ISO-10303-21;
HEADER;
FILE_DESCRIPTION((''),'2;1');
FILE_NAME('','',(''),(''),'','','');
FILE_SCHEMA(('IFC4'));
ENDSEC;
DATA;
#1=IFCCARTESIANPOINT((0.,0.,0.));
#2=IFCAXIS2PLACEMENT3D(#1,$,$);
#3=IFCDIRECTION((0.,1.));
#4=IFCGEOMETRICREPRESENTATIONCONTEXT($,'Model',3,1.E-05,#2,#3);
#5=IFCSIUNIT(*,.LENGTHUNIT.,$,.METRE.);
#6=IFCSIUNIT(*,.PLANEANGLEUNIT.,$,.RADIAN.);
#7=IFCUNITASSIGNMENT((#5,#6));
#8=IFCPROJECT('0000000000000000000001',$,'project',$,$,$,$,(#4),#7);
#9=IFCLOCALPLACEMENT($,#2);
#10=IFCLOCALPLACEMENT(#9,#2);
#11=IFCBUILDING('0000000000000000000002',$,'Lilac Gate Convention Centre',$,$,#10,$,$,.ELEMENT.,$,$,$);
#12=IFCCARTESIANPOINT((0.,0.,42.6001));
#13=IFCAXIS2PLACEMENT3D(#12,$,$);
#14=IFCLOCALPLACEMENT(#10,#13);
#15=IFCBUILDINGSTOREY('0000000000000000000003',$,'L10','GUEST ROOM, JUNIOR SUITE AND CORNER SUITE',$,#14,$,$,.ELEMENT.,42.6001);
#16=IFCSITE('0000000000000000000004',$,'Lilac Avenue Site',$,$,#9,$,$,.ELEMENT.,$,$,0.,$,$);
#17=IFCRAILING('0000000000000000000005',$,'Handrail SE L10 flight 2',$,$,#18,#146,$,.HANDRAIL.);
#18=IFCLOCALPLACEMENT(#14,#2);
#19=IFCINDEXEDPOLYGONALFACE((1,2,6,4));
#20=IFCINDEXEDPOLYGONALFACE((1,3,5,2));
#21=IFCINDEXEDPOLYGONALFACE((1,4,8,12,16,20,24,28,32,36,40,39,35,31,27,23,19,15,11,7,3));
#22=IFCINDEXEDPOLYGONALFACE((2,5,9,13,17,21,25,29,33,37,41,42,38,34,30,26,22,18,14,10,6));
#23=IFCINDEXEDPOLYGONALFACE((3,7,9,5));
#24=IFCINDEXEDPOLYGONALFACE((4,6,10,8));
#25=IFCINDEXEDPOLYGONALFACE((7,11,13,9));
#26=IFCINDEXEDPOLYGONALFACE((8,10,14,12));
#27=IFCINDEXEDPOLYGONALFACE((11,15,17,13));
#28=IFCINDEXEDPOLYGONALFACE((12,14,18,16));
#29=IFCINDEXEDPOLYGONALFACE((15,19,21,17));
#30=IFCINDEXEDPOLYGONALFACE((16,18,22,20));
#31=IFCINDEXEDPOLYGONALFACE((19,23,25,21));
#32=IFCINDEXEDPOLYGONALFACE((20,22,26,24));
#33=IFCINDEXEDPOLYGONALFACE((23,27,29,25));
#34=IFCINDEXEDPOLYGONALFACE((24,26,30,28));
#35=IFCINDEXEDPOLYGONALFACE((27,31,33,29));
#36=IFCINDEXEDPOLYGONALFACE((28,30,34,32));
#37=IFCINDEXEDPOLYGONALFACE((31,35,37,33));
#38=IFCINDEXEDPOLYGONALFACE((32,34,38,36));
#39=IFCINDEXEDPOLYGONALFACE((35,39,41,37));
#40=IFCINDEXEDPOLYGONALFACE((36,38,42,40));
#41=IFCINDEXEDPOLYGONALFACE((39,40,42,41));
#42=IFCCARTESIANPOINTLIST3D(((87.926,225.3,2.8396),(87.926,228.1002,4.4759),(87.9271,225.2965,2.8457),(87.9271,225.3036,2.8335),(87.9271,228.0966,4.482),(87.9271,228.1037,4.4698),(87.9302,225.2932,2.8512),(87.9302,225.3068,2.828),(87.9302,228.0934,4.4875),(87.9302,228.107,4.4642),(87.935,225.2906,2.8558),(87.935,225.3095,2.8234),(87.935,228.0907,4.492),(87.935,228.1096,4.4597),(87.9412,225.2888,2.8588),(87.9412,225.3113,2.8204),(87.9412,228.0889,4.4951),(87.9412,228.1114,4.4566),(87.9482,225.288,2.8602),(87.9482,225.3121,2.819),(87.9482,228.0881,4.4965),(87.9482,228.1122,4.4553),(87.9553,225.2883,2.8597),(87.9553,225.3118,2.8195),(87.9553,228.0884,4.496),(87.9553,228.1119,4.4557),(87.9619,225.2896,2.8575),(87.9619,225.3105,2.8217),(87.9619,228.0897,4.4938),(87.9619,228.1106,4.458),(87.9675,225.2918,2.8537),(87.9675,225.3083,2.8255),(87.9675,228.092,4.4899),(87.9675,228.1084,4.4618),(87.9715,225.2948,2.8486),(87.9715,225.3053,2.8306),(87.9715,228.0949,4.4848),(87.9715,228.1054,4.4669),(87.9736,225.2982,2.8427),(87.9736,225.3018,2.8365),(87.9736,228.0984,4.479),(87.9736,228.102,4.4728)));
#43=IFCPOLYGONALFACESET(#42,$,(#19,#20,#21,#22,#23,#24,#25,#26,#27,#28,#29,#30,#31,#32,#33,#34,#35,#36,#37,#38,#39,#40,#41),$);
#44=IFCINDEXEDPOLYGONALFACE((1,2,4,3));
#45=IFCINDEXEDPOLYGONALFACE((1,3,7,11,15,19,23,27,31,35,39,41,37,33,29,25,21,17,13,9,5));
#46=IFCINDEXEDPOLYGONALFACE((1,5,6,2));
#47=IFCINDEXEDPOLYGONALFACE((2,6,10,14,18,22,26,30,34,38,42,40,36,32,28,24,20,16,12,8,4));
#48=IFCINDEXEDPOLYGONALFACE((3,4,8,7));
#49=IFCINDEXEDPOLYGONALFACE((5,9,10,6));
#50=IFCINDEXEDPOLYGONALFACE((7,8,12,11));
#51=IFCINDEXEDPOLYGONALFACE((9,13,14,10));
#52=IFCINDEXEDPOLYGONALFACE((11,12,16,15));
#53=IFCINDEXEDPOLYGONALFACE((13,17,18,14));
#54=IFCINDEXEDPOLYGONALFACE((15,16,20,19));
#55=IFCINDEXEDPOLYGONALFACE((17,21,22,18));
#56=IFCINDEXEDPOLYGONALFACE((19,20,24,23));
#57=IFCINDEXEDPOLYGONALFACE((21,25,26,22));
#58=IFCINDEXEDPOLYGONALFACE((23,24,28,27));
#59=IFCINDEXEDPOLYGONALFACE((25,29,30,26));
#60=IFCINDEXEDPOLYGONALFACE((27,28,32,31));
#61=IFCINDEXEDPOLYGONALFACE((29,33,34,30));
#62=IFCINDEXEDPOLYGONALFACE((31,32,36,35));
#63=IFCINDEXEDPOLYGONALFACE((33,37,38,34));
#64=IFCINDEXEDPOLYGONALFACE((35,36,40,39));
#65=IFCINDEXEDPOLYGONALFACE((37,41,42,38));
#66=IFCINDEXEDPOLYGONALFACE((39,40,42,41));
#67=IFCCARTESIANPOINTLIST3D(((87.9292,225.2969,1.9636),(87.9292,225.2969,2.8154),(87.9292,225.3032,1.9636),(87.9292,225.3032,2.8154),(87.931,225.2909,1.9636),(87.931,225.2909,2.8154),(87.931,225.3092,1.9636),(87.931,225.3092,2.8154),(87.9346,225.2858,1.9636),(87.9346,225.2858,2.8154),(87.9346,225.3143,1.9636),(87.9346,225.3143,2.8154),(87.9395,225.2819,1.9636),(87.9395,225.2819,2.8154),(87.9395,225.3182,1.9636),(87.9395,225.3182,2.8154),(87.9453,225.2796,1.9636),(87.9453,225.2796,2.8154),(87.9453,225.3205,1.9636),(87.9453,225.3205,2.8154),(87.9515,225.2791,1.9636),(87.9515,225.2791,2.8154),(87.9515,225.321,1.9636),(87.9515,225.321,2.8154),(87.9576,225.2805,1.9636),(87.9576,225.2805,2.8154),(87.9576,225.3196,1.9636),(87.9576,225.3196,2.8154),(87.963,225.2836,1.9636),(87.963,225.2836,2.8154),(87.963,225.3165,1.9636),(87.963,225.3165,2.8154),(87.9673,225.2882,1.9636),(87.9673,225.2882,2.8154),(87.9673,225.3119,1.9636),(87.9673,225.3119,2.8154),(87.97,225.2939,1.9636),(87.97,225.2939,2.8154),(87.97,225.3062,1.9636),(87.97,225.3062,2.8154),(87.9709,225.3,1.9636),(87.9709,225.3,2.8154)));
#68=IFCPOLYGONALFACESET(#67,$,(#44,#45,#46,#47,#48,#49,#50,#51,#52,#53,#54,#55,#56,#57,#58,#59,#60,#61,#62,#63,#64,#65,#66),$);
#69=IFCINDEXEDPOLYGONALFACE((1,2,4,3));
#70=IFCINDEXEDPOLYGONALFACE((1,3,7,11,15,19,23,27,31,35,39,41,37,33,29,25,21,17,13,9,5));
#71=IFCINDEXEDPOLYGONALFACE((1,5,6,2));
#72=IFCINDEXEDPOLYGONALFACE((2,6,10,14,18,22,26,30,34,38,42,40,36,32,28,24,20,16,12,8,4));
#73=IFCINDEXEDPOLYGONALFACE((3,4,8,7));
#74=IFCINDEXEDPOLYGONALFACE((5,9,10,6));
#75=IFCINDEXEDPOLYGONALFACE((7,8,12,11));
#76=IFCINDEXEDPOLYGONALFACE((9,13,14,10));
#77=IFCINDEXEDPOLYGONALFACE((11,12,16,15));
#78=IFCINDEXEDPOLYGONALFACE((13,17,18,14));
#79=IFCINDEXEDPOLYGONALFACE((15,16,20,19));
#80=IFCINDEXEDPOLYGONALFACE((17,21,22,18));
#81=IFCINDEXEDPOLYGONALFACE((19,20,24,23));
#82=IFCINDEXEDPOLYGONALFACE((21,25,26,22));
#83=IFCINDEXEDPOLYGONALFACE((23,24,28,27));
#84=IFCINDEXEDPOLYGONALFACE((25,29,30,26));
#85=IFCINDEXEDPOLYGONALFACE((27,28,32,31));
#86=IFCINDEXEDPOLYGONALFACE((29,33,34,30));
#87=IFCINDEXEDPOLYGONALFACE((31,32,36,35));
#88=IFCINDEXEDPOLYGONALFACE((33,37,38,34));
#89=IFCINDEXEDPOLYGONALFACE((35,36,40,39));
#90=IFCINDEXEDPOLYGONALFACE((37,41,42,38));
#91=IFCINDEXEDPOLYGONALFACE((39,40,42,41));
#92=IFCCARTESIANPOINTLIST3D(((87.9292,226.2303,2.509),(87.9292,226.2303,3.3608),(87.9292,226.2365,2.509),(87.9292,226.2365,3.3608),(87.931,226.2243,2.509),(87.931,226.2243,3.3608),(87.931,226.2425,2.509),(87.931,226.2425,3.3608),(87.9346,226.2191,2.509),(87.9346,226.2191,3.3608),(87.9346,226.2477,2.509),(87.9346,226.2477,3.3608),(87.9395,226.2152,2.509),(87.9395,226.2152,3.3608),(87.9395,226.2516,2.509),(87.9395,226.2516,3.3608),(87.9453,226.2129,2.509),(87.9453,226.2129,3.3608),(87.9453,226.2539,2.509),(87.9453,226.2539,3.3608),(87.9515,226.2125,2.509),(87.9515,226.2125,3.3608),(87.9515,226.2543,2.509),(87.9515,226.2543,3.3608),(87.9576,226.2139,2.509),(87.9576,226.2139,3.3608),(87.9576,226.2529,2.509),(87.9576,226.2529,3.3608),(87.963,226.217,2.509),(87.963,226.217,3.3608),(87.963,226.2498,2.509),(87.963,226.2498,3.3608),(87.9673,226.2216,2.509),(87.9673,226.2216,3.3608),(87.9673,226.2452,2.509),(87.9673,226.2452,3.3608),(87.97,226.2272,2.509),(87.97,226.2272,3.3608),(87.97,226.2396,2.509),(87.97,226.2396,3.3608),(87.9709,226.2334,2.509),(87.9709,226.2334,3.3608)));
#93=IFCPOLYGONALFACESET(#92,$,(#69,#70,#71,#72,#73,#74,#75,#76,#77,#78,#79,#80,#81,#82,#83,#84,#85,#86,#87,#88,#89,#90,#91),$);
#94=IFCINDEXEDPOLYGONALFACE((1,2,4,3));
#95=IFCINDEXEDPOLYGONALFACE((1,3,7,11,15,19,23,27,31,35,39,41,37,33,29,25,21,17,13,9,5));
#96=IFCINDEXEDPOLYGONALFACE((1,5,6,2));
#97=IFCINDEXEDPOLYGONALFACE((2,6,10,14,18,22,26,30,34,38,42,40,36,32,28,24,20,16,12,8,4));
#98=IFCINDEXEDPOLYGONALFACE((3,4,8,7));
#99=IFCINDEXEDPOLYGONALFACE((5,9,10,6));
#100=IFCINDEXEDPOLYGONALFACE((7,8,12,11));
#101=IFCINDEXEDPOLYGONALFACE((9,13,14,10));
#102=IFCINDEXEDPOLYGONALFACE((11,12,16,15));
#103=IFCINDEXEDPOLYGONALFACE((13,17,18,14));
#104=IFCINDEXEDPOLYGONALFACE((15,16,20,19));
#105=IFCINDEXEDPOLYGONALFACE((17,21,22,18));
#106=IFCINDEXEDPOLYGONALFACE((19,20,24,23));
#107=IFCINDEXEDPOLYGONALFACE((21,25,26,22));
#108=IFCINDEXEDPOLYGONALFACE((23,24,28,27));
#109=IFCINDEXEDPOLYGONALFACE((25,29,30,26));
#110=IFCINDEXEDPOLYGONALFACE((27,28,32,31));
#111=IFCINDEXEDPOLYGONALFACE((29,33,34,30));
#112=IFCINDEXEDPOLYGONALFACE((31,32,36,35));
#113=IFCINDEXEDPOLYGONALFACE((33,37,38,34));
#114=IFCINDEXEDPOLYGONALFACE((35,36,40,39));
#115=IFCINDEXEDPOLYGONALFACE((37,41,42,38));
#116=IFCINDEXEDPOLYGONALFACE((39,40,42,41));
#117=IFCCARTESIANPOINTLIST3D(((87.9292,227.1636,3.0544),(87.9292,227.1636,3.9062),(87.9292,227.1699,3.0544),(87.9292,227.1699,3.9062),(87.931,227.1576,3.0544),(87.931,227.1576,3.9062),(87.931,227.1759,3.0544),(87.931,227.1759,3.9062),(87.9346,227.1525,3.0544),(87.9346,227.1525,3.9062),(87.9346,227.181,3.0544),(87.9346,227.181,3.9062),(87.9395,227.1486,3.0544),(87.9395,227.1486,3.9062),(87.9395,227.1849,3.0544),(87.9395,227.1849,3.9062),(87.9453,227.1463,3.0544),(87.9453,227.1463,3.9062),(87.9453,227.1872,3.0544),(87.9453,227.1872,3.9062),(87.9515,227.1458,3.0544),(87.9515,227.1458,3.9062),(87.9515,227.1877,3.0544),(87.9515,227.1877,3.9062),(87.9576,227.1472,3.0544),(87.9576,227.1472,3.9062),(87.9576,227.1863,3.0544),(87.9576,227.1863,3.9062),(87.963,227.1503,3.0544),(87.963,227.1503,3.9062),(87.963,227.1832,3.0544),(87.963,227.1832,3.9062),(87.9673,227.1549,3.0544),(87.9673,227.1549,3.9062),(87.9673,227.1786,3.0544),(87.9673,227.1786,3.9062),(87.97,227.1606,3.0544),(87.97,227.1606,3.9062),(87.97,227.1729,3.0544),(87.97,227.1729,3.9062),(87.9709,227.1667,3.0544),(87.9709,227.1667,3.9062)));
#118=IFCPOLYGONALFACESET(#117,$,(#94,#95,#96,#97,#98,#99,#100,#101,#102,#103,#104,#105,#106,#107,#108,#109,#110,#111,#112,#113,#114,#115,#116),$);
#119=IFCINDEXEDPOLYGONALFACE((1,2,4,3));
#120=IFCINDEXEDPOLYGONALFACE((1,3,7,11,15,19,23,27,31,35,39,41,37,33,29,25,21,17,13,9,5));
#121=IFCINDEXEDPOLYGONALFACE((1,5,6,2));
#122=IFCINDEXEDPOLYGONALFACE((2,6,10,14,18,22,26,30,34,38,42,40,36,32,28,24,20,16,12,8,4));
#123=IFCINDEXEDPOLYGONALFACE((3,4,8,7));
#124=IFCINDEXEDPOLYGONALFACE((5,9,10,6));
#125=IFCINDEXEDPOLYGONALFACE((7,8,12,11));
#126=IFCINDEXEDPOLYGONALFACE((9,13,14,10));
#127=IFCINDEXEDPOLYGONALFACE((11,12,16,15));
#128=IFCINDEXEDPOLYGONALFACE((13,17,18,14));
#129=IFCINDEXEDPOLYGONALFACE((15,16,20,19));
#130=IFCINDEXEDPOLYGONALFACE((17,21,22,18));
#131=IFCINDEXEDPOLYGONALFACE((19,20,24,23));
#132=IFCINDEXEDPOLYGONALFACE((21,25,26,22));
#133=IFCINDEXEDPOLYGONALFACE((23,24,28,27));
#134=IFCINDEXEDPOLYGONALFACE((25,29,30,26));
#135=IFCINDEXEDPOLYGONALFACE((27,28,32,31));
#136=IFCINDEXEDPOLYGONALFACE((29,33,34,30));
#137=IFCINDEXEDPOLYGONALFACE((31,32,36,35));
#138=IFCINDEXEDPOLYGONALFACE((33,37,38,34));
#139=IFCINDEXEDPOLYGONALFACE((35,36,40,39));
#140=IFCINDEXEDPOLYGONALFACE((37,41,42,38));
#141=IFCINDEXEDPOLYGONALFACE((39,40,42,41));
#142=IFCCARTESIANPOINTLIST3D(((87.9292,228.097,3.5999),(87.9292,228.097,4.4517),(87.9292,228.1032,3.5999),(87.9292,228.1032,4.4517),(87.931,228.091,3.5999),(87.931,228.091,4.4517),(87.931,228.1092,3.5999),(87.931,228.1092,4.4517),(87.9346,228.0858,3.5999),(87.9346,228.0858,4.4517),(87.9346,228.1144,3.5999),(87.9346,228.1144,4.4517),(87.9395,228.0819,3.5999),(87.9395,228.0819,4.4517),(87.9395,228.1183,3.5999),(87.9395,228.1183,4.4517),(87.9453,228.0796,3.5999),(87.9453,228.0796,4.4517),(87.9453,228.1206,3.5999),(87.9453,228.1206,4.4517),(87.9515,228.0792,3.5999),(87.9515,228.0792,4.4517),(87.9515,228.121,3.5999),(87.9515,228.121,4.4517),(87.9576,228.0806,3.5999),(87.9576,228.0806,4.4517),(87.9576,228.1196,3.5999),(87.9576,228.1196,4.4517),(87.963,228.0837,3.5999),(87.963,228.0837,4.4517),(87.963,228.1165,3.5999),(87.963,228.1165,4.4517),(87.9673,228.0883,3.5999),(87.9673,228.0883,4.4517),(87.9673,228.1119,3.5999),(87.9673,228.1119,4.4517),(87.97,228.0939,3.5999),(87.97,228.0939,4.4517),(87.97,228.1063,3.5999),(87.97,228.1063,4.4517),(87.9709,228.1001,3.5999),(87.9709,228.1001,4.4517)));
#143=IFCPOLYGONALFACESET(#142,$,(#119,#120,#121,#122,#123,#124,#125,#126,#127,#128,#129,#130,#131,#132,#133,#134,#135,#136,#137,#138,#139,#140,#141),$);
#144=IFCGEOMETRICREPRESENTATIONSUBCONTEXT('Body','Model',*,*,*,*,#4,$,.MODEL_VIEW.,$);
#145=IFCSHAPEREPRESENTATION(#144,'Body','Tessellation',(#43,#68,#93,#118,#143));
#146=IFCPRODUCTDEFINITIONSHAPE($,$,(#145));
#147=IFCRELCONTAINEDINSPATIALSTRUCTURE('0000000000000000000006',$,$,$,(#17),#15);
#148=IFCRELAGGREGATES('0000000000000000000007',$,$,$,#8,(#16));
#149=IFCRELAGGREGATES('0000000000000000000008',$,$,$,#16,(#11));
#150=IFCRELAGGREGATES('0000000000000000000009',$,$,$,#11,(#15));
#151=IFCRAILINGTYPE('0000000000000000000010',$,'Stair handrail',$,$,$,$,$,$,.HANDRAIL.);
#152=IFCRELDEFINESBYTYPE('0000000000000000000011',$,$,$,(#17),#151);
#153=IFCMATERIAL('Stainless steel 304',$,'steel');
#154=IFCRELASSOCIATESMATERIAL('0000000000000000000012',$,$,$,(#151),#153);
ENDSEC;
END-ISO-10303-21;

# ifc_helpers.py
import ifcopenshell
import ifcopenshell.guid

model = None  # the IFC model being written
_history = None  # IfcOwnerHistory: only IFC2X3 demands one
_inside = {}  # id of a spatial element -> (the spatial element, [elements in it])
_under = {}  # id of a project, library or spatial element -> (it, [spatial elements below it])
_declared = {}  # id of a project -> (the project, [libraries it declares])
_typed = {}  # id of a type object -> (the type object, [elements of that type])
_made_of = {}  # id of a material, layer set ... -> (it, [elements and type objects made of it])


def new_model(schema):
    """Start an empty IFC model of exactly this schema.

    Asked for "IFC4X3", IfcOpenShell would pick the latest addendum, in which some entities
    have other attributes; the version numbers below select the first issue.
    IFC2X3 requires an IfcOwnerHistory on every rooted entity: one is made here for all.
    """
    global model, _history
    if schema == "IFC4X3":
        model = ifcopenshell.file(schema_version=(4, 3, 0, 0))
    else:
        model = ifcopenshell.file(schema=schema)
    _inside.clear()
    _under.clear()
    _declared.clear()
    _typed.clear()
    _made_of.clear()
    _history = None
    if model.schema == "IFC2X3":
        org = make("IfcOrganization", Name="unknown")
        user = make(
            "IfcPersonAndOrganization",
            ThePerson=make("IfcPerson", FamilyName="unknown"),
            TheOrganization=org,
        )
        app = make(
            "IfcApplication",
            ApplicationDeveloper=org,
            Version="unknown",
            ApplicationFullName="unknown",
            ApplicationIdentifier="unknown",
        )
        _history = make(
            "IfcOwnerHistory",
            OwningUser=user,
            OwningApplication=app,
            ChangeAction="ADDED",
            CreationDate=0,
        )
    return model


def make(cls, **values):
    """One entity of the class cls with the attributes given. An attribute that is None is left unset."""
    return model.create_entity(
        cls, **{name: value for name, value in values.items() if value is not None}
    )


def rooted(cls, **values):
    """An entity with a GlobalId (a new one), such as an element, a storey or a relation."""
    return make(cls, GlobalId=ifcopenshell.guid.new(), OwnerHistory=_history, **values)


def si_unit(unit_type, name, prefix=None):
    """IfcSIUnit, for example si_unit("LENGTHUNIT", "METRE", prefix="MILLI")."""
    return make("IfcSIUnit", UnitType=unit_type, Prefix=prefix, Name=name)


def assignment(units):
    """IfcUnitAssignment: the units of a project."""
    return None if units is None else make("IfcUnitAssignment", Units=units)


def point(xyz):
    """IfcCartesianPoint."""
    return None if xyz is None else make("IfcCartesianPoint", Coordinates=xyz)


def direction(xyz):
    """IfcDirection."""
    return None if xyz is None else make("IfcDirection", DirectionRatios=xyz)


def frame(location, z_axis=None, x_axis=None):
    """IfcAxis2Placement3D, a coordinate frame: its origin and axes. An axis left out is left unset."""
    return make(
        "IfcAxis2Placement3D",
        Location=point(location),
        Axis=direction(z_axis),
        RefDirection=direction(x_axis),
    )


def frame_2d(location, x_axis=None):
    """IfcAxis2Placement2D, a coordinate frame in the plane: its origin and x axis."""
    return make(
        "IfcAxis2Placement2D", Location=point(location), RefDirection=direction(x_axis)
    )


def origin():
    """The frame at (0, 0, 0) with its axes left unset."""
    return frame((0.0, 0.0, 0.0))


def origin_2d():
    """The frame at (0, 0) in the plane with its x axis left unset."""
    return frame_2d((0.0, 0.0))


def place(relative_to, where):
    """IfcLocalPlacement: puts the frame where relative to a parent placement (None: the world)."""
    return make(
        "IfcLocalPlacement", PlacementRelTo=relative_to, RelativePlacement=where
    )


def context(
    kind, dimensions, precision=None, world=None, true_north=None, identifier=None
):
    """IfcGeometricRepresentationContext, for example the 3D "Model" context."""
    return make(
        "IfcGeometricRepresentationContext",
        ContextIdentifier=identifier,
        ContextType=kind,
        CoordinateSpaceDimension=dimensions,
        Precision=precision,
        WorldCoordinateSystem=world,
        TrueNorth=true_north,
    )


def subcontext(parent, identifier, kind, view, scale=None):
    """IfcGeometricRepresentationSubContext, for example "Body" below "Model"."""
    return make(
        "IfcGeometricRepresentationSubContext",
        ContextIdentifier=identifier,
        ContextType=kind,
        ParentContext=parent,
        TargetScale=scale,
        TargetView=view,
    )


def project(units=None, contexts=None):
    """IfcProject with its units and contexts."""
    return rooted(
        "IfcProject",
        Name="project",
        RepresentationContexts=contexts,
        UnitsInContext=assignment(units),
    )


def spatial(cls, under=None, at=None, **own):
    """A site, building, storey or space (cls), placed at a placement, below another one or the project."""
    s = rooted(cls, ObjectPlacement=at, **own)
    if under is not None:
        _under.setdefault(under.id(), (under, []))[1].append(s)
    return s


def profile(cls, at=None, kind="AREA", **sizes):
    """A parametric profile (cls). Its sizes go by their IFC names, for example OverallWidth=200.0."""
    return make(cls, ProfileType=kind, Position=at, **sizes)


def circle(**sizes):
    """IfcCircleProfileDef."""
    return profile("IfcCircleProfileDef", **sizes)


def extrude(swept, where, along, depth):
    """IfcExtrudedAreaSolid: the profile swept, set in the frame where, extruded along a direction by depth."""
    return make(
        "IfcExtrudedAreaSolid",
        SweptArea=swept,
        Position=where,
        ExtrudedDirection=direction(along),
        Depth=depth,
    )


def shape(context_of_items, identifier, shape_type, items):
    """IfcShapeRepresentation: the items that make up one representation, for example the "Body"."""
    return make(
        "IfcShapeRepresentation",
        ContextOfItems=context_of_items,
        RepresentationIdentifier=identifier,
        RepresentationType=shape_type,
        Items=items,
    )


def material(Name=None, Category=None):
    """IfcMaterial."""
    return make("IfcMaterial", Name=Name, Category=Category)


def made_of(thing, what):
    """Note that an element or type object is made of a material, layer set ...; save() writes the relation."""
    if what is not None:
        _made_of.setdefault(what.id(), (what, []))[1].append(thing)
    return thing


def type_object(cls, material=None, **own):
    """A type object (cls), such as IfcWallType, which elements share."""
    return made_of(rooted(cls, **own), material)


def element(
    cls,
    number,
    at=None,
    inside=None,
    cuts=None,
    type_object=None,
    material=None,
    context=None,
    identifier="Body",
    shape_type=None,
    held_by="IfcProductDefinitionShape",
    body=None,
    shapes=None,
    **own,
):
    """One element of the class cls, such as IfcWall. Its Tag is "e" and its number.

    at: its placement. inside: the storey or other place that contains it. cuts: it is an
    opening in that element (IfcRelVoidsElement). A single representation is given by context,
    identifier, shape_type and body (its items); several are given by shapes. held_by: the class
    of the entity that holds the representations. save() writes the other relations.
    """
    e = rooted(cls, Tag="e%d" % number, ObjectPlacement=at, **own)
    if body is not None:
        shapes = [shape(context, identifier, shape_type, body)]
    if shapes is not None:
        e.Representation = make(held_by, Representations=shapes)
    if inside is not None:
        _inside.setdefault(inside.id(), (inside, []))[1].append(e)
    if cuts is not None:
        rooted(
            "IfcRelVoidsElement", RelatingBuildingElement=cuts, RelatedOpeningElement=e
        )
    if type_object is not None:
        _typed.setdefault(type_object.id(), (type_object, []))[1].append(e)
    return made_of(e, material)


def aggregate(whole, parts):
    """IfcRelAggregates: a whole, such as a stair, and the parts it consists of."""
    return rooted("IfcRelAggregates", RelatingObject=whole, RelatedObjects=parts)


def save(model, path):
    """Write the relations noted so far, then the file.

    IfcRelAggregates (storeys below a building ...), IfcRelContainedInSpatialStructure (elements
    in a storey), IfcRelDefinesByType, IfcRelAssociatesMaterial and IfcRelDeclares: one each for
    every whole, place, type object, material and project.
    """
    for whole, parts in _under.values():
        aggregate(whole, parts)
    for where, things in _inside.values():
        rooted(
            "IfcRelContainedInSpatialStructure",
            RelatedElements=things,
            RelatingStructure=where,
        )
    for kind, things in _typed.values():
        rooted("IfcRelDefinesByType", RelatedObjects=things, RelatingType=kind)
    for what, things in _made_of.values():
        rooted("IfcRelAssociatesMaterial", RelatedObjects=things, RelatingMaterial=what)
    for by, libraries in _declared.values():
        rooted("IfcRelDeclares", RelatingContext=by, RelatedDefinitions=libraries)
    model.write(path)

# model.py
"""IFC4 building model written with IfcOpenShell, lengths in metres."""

from ifc_helpers import new_model, si_unit, direction, frame, origin, origin_2d, place, context, subcontext, project, spatial, circle, extrude, material, type_object, element, save


model = new_model("IFC4")

# Units and contexts
model_context = context("Model", 3, precision=1e-05, world=origin(), true_north=direction((0.0, 1.0)))
body_context = subcontext(model_context, "Body", "Model", "MODEL_VIEW")
ifc_project = project(units=[si_unit("LENGTHUNIT", "METRE"), si_unit("PLANEANGLEUNIT", "RADIAN")], contexts=[model_context])

# Site, building, storey
site_placement = place(None, origin())
site = spatial("IfcSite", under=ifc_project, at=site_placement, Name="Lilac Avenue Site", CompositionType="ELEMENT", RefElevation=0.0)
building_placement = place(site_placement, origin())
building = spatial("IfcBuilding", under=site, at=building_placement, Name="Lilac Gate Convention Centre", CompositionType="ELEMENT")
storey_placement = place(building_placement, frame((0.0, 0.0, 42.6001)))
storey = spatial("IfcBuildingStorey", under=building, at=storey_placement, Name="L10", Description="GUEST ROOM, JUNIOR SUITE AND CORNER SUITE", CompositionType="ELEMENT", Elevation=42.6001)

# Railing
ifc_material_1 = material(Name="Stainless steel 304", Category="steel")
railing_type = type_object("IfcRailingType", Name="Stair handrail", PredefinedType="HANDRAIL", material=ifc_material_1)
for number, where, name in (
    (1, (87.95, 225.3, 1.9636), "Handrail SE L10 flight 2"),
):
    element("IfcRailing", number, at=place(storey_placement, frame(where)), inside=storey, type_object=railing_type, Name=name, PredefinedType="HANDRAIL", context=body_context, shape_type="SweptSolid", body=[
        extrude(circle(Radius=0.0239, at=origin_2d()), frame((0.0, 0.0, 0.876), z_axis=(0.0, 0.863394, 0.504531), x_axis=(-1.0, 0.0, 0.0)), (0.0, 0.0, 1.0), 3.2432),
        extrude(circle(Radius=0.021, at=origin_2d()), origin(), (0.0, 0.0, 1.0), 0.8518),
        extrude(circle(Radius=0.021, at=origin_2d()), frame((0.0, 0.9333, 0.5454)), (0.0, 0.0, 1.0), 0.8518),
        extrude(circle(Radius=0.021, at=origin_2d()), frame((0.0, 1.8667, 1.0908)), (0.0, 0.0, 1.0), 0.8518),
        extrude(circle(Radius=0.021, at=origin_2d()), frame((0.0, 2.8, 1.6362)), (0.0, 0.0, 1.0), 0.8518),
    ])

save(model, "model.ifc")
